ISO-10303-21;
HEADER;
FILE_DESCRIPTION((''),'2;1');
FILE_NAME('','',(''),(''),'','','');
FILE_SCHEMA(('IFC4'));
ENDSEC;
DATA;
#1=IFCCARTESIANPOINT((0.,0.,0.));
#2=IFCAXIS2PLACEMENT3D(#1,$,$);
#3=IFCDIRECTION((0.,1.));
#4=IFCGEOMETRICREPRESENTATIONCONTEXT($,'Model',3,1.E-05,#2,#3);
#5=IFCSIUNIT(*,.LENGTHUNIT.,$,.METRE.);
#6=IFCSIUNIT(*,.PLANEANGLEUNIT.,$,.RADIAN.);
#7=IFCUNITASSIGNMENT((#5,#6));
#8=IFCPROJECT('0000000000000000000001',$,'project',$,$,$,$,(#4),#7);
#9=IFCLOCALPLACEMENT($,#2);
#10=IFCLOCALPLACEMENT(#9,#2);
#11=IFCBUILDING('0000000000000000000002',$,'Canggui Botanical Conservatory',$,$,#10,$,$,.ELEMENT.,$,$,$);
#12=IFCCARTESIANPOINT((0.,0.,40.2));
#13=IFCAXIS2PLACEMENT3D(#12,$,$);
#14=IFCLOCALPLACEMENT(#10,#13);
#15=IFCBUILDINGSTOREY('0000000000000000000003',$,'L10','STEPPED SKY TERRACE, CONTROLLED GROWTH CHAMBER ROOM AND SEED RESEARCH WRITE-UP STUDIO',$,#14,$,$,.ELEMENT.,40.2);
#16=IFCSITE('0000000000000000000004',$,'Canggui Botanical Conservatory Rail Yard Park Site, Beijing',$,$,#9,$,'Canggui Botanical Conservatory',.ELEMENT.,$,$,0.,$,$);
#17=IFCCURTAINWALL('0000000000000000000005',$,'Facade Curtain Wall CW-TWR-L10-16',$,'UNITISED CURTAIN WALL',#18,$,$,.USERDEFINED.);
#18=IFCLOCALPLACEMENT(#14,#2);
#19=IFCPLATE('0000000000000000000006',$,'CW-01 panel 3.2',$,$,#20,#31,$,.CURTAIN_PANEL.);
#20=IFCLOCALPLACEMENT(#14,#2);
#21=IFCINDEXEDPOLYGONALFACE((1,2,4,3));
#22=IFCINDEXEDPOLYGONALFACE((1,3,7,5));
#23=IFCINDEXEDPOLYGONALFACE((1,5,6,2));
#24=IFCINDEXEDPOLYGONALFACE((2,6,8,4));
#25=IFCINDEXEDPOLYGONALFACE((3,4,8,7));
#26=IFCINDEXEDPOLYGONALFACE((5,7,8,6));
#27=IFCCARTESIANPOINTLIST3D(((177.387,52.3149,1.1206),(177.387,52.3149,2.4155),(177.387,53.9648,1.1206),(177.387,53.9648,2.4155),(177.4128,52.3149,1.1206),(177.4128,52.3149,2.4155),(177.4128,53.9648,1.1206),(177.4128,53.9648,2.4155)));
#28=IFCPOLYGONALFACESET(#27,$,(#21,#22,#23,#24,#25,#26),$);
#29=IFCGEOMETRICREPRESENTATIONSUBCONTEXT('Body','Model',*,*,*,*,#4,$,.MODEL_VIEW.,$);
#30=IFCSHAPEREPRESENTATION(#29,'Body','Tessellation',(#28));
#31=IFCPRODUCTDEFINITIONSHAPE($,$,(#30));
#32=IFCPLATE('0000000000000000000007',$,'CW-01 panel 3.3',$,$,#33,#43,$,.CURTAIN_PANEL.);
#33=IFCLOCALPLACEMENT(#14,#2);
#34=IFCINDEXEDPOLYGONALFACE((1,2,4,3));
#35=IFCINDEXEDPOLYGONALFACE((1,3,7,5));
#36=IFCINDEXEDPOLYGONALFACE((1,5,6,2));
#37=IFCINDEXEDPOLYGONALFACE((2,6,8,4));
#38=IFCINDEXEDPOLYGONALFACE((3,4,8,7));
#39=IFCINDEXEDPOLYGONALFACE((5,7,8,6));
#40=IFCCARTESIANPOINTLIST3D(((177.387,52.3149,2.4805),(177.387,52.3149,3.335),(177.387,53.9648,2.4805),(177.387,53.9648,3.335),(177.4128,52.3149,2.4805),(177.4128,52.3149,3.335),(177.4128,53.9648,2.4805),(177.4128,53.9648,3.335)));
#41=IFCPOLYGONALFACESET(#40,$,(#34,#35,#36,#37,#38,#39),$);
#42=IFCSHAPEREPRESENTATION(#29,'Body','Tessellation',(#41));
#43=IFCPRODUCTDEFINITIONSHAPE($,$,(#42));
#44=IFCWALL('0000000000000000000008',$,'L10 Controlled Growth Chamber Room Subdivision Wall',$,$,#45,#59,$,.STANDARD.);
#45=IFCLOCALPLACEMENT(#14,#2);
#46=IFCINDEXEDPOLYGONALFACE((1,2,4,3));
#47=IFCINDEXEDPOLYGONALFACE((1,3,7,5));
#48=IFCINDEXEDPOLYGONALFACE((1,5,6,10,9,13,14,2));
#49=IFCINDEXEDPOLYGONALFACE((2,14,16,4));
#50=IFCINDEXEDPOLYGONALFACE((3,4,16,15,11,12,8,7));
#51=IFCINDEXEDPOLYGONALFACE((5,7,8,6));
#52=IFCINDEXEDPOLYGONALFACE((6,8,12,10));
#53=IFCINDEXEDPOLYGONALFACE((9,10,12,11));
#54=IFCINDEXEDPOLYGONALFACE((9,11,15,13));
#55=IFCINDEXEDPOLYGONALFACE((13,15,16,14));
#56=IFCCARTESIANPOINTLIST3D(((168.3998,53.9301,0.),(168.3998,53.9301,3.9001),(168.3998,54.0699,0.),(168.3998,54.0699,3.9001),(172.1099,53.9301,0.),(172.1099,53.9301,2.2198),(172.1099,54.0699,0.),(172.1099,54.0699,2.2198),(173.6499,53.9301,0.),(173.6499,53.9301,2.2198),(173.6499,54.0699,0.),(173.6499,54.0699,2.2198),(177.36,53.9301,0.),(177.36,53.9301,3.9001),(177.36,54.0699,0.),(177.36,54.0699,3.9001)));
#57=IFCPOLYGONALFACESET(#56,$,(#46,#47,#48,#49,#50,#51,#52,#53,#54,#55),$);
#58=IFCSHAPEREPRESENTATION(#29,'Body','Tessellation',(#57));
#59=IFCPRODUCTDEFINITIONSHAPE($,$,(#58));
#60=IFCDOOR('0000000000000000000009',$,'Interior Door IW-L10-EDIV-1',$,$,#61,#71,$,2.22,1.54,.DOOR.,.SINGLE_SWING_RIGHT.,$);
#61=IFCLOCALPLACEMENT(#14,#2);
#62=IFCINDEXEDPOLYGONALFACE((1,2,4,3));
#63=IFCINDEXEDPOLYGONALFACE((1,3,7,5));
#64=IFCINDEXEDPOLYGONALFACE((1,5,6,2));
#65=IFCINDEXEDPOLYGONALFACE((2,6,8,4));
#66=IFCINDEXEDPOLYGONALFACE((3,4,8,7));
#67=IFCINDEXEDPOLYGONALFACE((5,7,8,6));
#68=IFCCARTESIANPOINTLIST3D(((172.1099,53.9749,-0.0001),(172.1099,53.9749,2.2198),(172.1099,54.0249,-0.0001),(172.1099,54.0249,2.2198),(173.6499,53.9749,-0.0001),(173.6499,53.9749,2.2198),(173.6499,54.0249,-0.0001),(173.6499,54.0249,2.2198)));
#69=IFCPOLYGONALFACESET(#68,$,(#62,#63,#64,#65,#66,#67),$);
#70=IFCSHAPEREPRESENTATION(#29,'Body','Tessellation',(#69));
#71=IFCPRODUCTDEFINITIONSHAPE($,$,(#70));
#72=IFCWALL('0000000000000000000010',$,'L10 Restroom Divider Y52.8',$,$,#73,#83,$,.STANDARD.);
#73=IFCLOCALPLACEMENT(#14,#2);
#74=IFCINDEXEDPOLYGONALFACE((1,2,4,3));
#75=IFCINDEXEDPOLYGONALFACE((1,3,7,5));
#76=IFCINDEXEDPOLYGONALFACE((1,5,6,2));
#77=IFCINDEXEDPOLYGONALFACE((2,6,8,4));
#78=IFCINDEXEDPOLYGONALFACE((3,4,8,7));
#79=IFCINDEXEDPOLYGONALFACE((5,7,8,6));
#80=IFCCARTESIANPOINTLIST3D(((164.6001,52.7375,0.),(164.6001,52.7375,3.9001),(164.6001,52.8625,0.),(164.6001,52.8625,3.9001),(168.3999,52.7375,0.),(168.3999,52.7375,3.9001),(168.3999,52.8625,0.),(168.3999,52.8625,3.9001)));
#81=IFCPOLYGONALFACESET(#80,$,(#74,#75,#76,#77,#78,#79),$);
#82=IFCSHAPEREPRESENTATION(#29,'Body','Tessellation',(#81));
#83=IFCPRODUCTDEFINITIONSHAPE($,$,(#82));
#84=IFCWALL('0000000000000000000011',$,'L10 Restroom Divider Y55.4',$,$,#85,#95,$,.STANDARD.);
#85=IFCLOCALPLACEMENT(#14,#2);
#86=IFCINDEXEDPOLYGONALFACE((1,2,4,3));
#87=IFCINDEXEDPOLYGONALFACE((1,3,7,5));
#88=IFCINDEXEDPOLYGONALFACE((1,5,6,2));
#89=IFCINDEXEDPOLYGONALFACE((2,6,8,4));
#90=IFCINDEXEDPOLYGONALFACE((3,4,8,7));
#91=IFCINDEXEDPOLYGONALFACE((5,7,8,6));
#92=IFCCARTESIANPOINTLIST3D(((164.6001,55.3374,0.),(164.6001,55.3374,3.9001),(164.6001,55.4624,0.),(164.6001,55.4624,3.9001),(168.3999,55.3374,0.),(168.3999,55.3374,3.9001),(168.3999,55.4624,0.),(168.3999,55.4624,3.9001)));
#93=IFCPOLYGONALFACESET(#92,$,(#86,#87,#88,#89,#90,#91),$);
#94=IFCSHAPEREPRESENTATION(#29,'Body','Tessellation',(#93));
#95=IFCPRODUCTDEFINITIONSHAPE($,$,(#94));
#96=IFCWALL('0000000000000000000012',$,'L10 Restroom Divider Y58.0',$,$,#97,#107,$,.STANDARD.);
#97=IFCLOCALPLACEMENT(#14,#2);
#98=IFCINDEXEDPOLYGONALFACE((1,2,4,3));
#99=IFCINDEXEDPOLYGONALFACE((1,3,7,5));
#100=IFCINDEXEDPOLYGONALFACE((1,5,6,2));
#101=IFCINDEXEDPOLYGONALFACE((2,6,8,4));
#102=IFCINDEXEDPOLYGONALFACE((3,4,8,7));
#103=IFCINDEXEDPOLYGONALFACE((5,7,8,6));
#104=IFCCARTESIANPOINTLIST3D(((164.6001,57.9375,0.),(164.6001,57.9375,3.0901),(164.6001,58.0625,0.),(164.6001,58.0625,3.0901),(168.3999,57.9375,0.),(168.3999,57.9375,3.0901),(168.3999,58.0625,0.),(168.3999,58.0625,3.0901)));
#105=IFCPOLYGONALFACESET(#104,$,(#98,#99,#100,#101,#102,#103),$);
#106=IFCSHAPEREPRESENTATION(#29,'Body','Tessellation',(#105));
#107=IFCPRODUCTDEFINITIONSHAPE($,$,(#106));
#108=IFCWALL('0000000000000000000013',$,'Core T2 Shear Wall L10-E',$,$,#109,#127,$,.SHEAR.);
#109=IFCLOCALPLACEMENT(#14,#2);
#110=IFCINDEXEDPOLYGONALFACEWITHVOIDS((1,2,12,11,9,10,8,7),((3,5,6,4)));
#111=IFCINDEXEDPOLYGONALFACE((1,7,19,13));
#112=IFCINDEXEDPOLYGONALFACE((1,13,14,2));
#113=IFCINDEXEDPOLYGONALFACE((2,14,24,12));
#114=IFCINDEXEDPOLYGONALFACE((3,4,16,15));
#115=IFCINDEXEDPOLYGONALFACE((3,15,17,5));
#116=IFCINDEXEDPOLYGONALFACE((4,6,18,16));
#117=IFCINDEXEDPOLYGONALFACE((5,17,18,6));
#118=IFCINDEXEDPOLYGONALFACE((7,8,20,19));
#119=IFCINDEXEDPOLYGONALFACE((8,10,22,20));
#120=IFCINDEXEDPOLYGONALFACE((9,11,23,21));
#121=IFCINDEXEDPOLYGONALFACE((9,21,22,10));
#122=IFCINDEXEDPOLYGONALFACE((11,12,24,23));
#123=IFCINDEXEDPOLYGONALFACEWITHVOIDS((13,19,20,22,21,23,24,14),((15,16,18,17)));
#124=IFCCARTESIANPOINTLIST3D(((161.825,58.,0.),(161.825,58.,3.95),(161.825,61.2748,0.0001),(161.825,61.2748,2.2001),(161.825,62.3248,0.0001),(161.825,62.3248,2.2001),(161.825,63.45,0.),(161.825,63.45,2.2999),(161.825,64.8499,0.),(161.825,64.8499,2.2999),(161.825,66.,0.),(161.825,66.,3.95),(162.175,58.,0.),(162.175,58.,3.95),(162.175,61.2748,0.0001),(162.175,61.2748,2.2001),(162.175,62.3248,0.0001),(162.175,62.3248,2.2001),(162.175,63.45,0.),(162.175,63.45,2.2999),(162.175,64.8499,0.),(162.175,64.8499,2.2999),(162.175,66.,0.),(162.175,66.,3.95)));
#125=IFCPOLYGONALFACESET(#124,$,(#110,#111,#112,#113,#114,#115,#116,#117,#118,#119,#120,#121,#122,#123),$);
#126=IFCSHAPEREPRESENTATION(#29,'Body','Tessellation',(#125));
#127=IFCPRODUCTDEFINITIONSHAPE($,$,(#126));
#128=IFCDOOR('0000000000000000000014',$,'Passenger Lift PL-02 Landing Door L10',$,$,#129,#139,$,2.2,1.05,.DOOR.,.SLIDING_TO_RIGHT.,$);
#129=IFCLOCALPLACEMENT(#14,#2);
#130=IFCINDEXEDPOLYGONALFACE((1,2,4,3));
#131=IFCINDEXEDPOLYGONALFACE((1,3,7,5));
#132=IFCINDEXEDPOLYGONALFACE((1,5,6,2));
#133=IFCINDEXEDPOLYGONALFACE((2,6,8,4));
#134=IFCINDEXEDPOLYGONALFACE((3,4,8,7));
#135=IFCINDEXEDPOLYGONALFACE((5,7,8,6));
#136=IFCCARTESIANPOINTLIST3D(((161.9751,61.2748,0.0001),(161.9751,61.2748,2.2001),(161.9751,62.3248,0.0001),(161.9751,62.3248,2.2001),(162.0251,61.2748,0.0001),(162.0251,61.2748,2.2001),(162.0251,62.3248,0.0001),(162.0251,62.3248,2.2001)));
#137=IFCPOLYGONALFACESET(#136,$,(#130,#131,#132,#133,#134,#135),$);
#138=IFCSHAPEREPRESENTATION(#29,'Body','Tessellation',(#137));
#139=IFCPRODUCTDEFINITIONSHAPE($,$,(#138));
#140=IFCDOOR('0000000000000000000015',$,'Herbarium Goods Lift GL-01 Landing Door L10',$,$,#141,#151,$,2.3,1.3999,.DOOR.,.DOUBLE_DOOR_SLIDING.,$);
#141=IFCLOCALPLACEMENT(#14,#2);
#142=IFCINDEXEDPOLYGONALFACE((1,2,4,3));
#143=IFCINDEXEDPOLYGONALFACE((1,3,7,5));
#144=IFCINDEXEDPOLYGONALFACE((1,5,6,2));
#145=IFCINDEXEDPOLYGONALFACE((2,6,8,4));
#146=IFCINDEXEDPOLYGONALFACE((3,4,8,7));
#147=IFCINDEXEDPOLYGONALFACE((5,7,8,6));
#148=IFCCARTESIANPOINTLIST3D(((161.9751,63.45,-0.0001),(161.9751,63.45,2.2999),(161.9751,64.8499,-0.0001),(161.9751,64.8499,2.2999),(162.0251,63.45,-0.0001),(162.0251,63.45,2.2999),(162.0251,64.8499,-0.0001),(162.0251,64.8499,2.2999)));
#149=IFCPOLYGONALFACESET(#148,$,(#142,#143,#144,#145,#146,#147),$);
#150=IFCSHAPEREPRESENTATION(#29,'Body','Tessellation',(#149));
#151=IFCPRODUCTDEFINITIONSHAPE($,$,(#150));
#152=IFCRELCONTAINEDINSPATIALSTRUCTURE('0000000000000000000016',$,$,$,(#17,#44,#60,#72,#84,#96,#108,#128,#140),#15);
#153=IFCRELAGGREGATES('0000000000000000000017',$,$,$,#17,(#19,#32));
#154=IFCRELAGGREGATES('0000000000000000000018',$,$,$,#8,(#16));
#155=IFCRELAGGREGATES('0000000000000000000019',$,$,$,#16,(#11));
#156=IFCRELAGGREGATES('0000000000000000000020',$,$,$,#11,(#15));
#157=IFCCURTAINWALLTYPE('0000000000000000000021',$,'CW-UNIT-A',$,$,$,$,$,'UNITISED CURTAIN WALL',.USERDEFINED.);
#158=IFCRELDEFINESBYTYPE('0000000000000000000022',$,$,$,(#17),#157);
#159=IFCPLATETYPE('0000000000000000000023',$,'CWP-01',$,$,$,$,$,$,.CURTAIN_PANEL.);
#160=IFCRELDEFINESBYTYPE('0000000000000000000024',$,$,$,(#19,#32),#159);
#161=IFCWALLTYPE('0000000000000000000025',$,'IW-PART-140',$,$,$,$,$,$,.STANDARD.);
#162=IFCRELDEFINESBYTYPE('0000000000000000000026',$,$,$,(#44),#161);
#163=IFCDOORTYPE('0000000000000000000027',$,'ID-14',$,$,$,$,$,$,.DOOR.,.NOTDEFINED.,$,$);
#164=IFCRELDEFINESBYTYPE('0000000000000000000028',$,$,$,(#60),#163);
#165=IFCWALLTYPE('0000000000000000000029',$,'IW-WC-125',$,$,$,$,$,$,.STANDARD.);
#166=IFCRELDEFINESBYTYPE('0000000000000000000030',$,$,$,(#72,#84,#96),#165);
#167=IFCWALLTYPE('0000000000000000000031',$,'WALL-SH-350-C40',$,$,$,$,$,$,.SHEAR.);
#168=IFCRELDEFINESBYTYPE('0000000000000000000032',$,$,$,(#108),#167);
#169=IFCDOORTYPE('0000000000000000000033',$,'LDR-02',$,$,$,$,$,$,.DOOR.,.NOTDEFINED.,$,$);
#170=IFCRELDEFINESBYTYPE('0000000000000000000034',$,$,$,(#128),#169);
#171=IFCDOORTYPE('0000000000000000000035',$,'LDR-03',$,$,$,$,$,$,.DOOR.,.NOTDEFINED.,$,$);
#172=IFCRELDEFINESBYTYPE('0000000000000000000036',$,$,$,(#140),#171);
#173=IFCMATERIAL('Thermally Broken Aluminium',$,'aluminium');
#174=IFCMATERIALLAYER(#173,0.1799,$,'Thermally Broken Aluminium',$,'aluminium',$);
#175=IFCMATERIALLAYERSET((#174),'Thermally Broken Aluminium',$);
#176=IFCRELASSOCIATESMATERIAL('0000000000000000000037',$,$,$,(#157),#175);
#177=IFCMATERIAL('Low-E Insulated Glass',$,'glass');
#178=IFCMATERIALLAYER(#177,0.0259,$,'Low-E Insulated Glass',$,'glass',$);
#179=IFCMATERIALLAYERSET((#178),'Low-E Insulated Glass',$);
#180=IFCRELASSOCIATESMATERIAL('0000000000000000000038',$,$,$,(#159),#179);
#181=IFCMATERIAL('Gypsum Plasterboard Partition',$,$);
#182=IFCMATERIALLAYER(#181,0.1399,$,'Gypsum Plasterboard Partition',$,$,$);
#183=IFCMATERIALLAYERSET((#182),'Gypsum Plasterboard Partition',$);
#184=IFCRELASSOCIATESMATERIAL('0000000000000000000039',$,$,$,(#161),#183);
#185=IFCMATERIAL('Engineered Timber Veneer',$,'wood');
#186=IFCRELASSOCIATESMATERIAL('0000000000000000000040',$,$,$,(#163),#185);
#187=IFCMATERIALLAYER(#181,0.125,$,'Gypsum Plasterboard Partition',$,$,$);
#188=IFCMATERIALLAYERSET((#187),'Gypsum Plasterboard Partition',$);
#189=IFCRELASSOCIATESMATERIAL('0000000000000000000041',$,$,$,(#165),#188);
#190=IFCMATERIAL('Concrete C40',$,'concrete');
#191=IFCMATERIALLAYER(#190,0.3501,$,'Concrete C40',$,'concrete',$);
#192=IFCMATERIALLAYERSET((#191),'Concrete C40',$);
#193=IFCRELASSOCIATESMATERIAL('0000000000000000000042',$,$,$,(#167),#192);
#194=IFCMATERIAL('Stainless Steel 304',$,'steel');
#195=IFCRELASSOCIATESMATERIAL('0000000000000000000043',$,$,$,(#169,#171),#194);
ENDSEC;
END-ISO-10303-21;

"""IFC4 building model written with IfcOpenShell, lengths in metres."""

from ifc_helpers import new_model, si_unit, direction, frame, frame_2d, origin, origin_2d, place, context, subcontext, project, spatial, rectangle, extrude, material, layer, layer_set, type_object, element, fill, aggregate, save


model = new_model("IFC4")

# Units and contexts
model_context = context("Model", 3, precision=1e-05, world=origin(), true_north=direction((0.0, 1.0)))
body_context = subcontext(model_context, "Body", "Model", "MODEL_VIEW")
ifc_project = project(units=[si_unit("LENGTHUNIT", "METRE"), si_unit("PLANEANGLEUNIT", "RADIAN")], contexts=[model_context])

# Site, building, storey
site_placement = place(None, origin())
site = spatial("IfcSite", under=ifc_project, at=site_placement, Name="Canggui Botanical Conservatory Rail Yard Park Site, Beijing", LongName="Canggui Botanical Conservatory", CompositionType="ELEMENT", RefElevation=0.0)
building_placement = place(site_placement, origin())
building = spatial("IfcBuilding", under=site, at=building_placement, Name="Canggui Botanical Conservatory", CompositionType="ELEMENT")
storey_placement = place(building_placement, frame((0.0, 0.0, 40.2)))
storey = spatial("IfcBuildingStorey", under=building, at=storey_placement, Name="L10", Description="STEPPED SKY TERRACE, CONTROLLED GROWTH CHAMBER ROOM AND SEED RESEARCH WRITE-UP STUDIO", CompositionType="ELEMENT", Elevation=40.2)

# Shared definitions
ifc_material_1 = material(Name="Concrete C40", Category="concrete")

# Curtain wall, plates
ifc_material_2 = material(Name="Thermally Broken Aluminium", Category="aluminium")
ifc_layer_1 = layer(ifc_material_2, 0.1799, Name="Thermally Broken Aluminium", Category="aluminium")
ifc_layer_set_1 = layer_set([ifc_layer_1], Name="Thermally Broken Aluminium")
curtain_wall_type = type_object("IfcCurtainWallType", Name="CW-UNIT-A", ElementType="UNITISED CURTAIN WALL", PredefinedType="USERDEFINED", material=ifc_layer_set_1)
curtain_wall_placement = place(storey_placement, origin())
curtain_wall = element("IfcCurtainWall", 1, at=curtain_wall_placement, inside=storey, type_object=curtain_wall_type, Name="Facade Curtain Wall CW-TWR-L10-16", ObjectType="UNITISED CURTAIN WALL", PredefinedType="USERDEFINED")
ifc_material_3 = material(Name="Low-E Insulated Glass", Category="glass")
ifc_layer_2 = layer(ifc_material_3, 0.0259, Name="Low-E Insulated Glass", Category="glass")
ifc_layer_set_2 = layer_set([ifc_layer_2], Name="Low-E Insulated Glass")
plate_type = type_object("IfcPlateType", Name="CWP-01", PredefinedType="CURTAIN_PANEL", material=ifc_layer_set_2)
plate_1_placement = place(storey_placement, frame((177.3999, 53.1399, 1.1206), z_axis=(0.0, 0.0, 1.0), x_axis=(0.0, -1.0, 0.0)))
plate_1 = element("IfcPlate", 2, at=plate_1_placement, type_object=plate_type, Name="CW-01 panel 3.2", PredefinedType="CURTAIN_PANEL", context=body_context, shape_type="SweptSolid", body=[
    extrude(rectangle(XDim=1.6499, YDim=0.0259, at=origin_2d()), origin(), (0.0, 0.0, 1.0), 1.2949),
])
plate_2_placement = place(storey_placement, frame((177.3999, 53.1399, 2.4805), z_axis=(0.0, 0.0, 1.0), x_axis=(0.0, -1.0, 0.0)))
plate_2 = element("IfcPlate", 3, at=plate_2_placement, type_object=plate_type, Name="CW-01 panel 3.3", PredefinedType="CURTAIN_PANEL", context=body_context, shape_type="SweptSolid", body=[
    extrude(rectangle(XDim=1.6499, YDim=0.0259, at=origin_2d()), origin(), (0.0, 0.0, 1.0), 0.8545),
])
aggregate(curtain_wall, [plate_1, plate_2])

# Wall, opening, door
ifc_material_4 = material(Name="Gypsum Plasterboard Partition")
ifc_layer_3 = layer(ifc_material_4, 0.1399, Name="Gypsum Plasterboard Partition")
ifc_layer_set_3 = layer_set([ifc_layer_3], Name="Gypsum Plasterboard Partition")
wall_type_1 = type_object("IfcWallType", Name="IW-PART-140", PredefinedType="STANDARD", material=ifc_layer_set_3)
wall_1_placement = place(storey_placement, frame((168.3999, 54.0, 0.0), z_axis=(0.0, 0.0, 1.0), x_axis=(1.0, 0.0, 0.0)))
wall_1 = element("IfcWall", 4, at=wall_1_placement, inside=storey, type_object=wall_type_1, Name="L10 Controlled Growth Chamber Room Subdivision Wall", PredefinedType="STANDARD", context=body_context, shape_type="SweptSolid", body=[
    extrude(rectangle(XDim=8.9602, YDim=0.1399, at=frame_2d((4.48, 0.0))), origin(), (0.0, 0.0, 1.0), 3.9001),
])
opening_1_placement = place(wall_1_placement, frame((3.71, 0.0, 0.0)))
opening_1 = element("IfcOpeningElement", 5, at=opening_1_placement, cuts=wall_1, PredefinedType="OPENING", context=body_context, shape_type="SweptSolid", body=[
    extrude(rectangle(XDim=1.54, YDim=2.22, at=frame_2d((0.77, 1.1099))), frame((0.0, 0.0801, 0.0), z_axis=(0.0, -1.0, 0.0), x_axis=(1.0, 0.0, 0.0)), (0.0, 0.0, 1.0), 0.1599),
])
ifc_material_5 = material(Name="Engineered Timber Veneer", Category="wood")
door_type_1 = type_object("IfcDoorType", Name="ID-14", OperationType="NOTDEFINED", PredefinedType="DOOR", material=ifc_material_5)
door_1_placement = place(opening_1_placement, origin())
door_1 = element("IfcDoor", 6, at=door_1_placement, inside=storey, type_object=door_type_1, Name="Interior Door IW-L10-EDIV-1", OperationType="SINGLE_SWING_RIGHT", OverallHeight=2.22, OverallWidth=1.54, PredefinedType="DOOR", context=body_context, shape_type="SweptSolid", body=[
    extrude(rectangle(XDim=1.54, YDim=2.22, at=frame_2d((0.77, 1.1099))), frame((0.0, 0.0249, 0.0), z_axis=(0.0, -1.0, 0.0), x_axis=(1.0, 0.0, 0.0)), (0.0, 0.0, 1.0), 0.05),
])
fill(opening_1, door_1)

# Walls
ifc_layer_4 = layer(ifc_material_4, 0.125, Name="Gypsum Plasterboard Partition")
ifc_layer_set_4 = layer_set([ifc_layer_4], Name="Gypsum Plasterboard Partition")
wall_type_2 = type_object("IfcWallType", Name="IW-WC-125", PredefinedType="STANDARD", material=ifc_layer_set_4)
for number, where, z_axis, x_axis, name in (
    (7, (164.6001, 52.8, 0.0), (0.0, 0.0, 1.0), (1.0, 0.0, 0.0), "L10 Restroom Divider Y52.8"),
    (8, (164.6001, 55.3999, 0.0), (0.0, 0.0, 1.0), (1.0, 0.0, 0.0), "L10 Restroom Divider Y55.4"),
):
    element("IfcWall", number, at=place(storey_placement, frame(where, z_axis=z_axis, x_axis=x_axis)), inside=storey, type_object=wall_type_2, Name=name, PredefinedType="STANDARD", context=body_context, shape_type="SweptSolid", body=[
        extrude(rectangle(XDim=3.7998, YDim=0.125, at=frame_2d((1.8999, 0.0))), origin(), (0.0, 0.0, 1.0), 3.9001),
    ])
wall_2_placement = place(storey_placement, frame((164.6001, 58.0, 0.0), z_axis=(0.0, 0.0, 1.0), x_axis=(1.0, 0.0, 0.0)))
element("IfcWall", 9, at=wall_2_placement, inside=storey, type_object=wall_type_2, Name="L10 Restroom Divider Y58.0", PredefinedType="STANDARD", context=body_context, shape_type="SweptSolid", body=[
    extrude(rectangle(XDim=3.7998, YDim=0.125, at=frame_2d((1.8999, 0.0))), origin(), (0.0, 0.0, 1.0), 3.0901),
])

# Wall, openings, doors
ifc_layer_5 = layer(ifc_material_1, 0.3501, Name="Concrete C40", Category="concrete")
ifc_layer_set_5 = layer_set([ifc_layer_5], Name="Concrete C40")
wall_type_3 = type_object("IfcWallType", Name="WALL-SH-350-C40", PredefinedType="SHEAR", material=ifc_layer_set_5)
wall_3_placement = place(storey_placement, frame((162.0, 58.0, 0.0), z_axis=(0.0, 0.0, 1.0), x_axis=(0.0, 1.0, 0.0)))
wall_3 = element("IfcWall", 10, at=wall_3_placement, inside=storey, type_object=wall_type_3, Name="Core T2 Shear Wall L10-E", PredefinedType="SHEAR", context=body_context, shape_type="SweptSolid", body=[
    extrude(rectangle(XDim=8.0, YDim=0.3501, at=frame_2d((4.0, 0.0))), origin(), (0.0, 0.0, 1.0), 3.95),
])
opening_2_placement = place(wall_3_placement, frame((3.2749, 0.0, 0.0)))
opening_2 = element("IfcOpeningElement", 11, at=opening_2_placement, cuts=wall_3, PredefinedType="OPENING", context=body_context, shape_type="SweptSolid", body=[
    extrude(rectangle(XDim=1.05, YDim=2.2, at=frame_2d((0.5249, 1.1001))), frame((0.0, 0.1851, 0.0), z_axis=(0.0, -1.0, 0.0), x_axis=(1.0, 0.0, 0.0)), (0.0, 0.0, 1.0), 0.3701),
])
opening_3_placement = place(wall_3_placement, frame((5.45, 0.0, 0.0)))
opening_3 = element("IfcOpeningElement", 12, at=opening_3_placement, cuts=wall_3, PredefinedType="OPENING", context=body_context, shape_type="SweptSolid", body=[
    extrude(rectangle(XDim=1.3999, YDim=2.3, at=frame_2d((0.7, 1.1499))), frame((0.0, 0.1851, 0.0), z_axis=(0.0, -1.0, 0.0), x_axis=(1.0, 0.0, 0.0)), (0.0, 0.0, 1.0), 0.3701),
])
ifc_material_6 = material(Name="Stainless Steel 304", Category="steel")
door_type_2 = type_object("IfcDoorType", Name="LDR-02", OperationType="NOTDEFINED", PredefinedType="DOOR", material=ifc_material_6)
door_2_placement = place(opening_2_placement, origin())
door_2 = element("IfcDoor", 13, at=door_2_placement, inside=storey, type_object=door_type_2, Name="Passenger Lift PL-02 Landing Door L10", OperationType="SLIDING_TO_RIGHT", OverallHeight=2.2, OverallWidth=1.05, PredefinedType="DOOR", context=body_context, shape_type="SweptSolid", body=[
    extrude(rectangle(XDim=1.05, YDim=2.2, at=frame_2d((0.5249, 1.1001))), frame((0.0, 0.0249, 0.0), z_axis=(0.0, -1.0, 0.0), x_axis=(1.0, 0.0, 0.0)), (0.0, 0.0, 1.0), 0.05),
])
fill(opening_2, door_2)
door_type_3 = type_object("IfcDoorType", Name="LDR-03", OperationType="NOTDEFINED", PredefinedType="DOOR", material=ifc_material_6)
door_3_placement = place(opening_3_placement, origin())
door_3 = element("IfcDoor", 14, at=door_3_placement, inside=storey, type_object=door_type_3, Name="Herbarium Goods Lift GL-01 Landing Door L10", OperationType="DOUBLE_DOOR_SLIDING", OverallHeight=2.3, OverallWidth=1.3999, PredefinedType="DOOR", context=body_context, shape_type="SweptSolid", body=[
    extrude(rectangle(XDim=1.3999, YDim=2.3, at=frame_2d((0.7, 1.1499))), frame((0.0, 0.0249, 0.0), z_axis=(0.0, -1.0, 0.0), x_axis=(1.0, 0.0, 0.0)), (0.0, 0.0, 1.0), 0.05),
])
fill(opening_3, door_3)

save(model, "model.ifc")
